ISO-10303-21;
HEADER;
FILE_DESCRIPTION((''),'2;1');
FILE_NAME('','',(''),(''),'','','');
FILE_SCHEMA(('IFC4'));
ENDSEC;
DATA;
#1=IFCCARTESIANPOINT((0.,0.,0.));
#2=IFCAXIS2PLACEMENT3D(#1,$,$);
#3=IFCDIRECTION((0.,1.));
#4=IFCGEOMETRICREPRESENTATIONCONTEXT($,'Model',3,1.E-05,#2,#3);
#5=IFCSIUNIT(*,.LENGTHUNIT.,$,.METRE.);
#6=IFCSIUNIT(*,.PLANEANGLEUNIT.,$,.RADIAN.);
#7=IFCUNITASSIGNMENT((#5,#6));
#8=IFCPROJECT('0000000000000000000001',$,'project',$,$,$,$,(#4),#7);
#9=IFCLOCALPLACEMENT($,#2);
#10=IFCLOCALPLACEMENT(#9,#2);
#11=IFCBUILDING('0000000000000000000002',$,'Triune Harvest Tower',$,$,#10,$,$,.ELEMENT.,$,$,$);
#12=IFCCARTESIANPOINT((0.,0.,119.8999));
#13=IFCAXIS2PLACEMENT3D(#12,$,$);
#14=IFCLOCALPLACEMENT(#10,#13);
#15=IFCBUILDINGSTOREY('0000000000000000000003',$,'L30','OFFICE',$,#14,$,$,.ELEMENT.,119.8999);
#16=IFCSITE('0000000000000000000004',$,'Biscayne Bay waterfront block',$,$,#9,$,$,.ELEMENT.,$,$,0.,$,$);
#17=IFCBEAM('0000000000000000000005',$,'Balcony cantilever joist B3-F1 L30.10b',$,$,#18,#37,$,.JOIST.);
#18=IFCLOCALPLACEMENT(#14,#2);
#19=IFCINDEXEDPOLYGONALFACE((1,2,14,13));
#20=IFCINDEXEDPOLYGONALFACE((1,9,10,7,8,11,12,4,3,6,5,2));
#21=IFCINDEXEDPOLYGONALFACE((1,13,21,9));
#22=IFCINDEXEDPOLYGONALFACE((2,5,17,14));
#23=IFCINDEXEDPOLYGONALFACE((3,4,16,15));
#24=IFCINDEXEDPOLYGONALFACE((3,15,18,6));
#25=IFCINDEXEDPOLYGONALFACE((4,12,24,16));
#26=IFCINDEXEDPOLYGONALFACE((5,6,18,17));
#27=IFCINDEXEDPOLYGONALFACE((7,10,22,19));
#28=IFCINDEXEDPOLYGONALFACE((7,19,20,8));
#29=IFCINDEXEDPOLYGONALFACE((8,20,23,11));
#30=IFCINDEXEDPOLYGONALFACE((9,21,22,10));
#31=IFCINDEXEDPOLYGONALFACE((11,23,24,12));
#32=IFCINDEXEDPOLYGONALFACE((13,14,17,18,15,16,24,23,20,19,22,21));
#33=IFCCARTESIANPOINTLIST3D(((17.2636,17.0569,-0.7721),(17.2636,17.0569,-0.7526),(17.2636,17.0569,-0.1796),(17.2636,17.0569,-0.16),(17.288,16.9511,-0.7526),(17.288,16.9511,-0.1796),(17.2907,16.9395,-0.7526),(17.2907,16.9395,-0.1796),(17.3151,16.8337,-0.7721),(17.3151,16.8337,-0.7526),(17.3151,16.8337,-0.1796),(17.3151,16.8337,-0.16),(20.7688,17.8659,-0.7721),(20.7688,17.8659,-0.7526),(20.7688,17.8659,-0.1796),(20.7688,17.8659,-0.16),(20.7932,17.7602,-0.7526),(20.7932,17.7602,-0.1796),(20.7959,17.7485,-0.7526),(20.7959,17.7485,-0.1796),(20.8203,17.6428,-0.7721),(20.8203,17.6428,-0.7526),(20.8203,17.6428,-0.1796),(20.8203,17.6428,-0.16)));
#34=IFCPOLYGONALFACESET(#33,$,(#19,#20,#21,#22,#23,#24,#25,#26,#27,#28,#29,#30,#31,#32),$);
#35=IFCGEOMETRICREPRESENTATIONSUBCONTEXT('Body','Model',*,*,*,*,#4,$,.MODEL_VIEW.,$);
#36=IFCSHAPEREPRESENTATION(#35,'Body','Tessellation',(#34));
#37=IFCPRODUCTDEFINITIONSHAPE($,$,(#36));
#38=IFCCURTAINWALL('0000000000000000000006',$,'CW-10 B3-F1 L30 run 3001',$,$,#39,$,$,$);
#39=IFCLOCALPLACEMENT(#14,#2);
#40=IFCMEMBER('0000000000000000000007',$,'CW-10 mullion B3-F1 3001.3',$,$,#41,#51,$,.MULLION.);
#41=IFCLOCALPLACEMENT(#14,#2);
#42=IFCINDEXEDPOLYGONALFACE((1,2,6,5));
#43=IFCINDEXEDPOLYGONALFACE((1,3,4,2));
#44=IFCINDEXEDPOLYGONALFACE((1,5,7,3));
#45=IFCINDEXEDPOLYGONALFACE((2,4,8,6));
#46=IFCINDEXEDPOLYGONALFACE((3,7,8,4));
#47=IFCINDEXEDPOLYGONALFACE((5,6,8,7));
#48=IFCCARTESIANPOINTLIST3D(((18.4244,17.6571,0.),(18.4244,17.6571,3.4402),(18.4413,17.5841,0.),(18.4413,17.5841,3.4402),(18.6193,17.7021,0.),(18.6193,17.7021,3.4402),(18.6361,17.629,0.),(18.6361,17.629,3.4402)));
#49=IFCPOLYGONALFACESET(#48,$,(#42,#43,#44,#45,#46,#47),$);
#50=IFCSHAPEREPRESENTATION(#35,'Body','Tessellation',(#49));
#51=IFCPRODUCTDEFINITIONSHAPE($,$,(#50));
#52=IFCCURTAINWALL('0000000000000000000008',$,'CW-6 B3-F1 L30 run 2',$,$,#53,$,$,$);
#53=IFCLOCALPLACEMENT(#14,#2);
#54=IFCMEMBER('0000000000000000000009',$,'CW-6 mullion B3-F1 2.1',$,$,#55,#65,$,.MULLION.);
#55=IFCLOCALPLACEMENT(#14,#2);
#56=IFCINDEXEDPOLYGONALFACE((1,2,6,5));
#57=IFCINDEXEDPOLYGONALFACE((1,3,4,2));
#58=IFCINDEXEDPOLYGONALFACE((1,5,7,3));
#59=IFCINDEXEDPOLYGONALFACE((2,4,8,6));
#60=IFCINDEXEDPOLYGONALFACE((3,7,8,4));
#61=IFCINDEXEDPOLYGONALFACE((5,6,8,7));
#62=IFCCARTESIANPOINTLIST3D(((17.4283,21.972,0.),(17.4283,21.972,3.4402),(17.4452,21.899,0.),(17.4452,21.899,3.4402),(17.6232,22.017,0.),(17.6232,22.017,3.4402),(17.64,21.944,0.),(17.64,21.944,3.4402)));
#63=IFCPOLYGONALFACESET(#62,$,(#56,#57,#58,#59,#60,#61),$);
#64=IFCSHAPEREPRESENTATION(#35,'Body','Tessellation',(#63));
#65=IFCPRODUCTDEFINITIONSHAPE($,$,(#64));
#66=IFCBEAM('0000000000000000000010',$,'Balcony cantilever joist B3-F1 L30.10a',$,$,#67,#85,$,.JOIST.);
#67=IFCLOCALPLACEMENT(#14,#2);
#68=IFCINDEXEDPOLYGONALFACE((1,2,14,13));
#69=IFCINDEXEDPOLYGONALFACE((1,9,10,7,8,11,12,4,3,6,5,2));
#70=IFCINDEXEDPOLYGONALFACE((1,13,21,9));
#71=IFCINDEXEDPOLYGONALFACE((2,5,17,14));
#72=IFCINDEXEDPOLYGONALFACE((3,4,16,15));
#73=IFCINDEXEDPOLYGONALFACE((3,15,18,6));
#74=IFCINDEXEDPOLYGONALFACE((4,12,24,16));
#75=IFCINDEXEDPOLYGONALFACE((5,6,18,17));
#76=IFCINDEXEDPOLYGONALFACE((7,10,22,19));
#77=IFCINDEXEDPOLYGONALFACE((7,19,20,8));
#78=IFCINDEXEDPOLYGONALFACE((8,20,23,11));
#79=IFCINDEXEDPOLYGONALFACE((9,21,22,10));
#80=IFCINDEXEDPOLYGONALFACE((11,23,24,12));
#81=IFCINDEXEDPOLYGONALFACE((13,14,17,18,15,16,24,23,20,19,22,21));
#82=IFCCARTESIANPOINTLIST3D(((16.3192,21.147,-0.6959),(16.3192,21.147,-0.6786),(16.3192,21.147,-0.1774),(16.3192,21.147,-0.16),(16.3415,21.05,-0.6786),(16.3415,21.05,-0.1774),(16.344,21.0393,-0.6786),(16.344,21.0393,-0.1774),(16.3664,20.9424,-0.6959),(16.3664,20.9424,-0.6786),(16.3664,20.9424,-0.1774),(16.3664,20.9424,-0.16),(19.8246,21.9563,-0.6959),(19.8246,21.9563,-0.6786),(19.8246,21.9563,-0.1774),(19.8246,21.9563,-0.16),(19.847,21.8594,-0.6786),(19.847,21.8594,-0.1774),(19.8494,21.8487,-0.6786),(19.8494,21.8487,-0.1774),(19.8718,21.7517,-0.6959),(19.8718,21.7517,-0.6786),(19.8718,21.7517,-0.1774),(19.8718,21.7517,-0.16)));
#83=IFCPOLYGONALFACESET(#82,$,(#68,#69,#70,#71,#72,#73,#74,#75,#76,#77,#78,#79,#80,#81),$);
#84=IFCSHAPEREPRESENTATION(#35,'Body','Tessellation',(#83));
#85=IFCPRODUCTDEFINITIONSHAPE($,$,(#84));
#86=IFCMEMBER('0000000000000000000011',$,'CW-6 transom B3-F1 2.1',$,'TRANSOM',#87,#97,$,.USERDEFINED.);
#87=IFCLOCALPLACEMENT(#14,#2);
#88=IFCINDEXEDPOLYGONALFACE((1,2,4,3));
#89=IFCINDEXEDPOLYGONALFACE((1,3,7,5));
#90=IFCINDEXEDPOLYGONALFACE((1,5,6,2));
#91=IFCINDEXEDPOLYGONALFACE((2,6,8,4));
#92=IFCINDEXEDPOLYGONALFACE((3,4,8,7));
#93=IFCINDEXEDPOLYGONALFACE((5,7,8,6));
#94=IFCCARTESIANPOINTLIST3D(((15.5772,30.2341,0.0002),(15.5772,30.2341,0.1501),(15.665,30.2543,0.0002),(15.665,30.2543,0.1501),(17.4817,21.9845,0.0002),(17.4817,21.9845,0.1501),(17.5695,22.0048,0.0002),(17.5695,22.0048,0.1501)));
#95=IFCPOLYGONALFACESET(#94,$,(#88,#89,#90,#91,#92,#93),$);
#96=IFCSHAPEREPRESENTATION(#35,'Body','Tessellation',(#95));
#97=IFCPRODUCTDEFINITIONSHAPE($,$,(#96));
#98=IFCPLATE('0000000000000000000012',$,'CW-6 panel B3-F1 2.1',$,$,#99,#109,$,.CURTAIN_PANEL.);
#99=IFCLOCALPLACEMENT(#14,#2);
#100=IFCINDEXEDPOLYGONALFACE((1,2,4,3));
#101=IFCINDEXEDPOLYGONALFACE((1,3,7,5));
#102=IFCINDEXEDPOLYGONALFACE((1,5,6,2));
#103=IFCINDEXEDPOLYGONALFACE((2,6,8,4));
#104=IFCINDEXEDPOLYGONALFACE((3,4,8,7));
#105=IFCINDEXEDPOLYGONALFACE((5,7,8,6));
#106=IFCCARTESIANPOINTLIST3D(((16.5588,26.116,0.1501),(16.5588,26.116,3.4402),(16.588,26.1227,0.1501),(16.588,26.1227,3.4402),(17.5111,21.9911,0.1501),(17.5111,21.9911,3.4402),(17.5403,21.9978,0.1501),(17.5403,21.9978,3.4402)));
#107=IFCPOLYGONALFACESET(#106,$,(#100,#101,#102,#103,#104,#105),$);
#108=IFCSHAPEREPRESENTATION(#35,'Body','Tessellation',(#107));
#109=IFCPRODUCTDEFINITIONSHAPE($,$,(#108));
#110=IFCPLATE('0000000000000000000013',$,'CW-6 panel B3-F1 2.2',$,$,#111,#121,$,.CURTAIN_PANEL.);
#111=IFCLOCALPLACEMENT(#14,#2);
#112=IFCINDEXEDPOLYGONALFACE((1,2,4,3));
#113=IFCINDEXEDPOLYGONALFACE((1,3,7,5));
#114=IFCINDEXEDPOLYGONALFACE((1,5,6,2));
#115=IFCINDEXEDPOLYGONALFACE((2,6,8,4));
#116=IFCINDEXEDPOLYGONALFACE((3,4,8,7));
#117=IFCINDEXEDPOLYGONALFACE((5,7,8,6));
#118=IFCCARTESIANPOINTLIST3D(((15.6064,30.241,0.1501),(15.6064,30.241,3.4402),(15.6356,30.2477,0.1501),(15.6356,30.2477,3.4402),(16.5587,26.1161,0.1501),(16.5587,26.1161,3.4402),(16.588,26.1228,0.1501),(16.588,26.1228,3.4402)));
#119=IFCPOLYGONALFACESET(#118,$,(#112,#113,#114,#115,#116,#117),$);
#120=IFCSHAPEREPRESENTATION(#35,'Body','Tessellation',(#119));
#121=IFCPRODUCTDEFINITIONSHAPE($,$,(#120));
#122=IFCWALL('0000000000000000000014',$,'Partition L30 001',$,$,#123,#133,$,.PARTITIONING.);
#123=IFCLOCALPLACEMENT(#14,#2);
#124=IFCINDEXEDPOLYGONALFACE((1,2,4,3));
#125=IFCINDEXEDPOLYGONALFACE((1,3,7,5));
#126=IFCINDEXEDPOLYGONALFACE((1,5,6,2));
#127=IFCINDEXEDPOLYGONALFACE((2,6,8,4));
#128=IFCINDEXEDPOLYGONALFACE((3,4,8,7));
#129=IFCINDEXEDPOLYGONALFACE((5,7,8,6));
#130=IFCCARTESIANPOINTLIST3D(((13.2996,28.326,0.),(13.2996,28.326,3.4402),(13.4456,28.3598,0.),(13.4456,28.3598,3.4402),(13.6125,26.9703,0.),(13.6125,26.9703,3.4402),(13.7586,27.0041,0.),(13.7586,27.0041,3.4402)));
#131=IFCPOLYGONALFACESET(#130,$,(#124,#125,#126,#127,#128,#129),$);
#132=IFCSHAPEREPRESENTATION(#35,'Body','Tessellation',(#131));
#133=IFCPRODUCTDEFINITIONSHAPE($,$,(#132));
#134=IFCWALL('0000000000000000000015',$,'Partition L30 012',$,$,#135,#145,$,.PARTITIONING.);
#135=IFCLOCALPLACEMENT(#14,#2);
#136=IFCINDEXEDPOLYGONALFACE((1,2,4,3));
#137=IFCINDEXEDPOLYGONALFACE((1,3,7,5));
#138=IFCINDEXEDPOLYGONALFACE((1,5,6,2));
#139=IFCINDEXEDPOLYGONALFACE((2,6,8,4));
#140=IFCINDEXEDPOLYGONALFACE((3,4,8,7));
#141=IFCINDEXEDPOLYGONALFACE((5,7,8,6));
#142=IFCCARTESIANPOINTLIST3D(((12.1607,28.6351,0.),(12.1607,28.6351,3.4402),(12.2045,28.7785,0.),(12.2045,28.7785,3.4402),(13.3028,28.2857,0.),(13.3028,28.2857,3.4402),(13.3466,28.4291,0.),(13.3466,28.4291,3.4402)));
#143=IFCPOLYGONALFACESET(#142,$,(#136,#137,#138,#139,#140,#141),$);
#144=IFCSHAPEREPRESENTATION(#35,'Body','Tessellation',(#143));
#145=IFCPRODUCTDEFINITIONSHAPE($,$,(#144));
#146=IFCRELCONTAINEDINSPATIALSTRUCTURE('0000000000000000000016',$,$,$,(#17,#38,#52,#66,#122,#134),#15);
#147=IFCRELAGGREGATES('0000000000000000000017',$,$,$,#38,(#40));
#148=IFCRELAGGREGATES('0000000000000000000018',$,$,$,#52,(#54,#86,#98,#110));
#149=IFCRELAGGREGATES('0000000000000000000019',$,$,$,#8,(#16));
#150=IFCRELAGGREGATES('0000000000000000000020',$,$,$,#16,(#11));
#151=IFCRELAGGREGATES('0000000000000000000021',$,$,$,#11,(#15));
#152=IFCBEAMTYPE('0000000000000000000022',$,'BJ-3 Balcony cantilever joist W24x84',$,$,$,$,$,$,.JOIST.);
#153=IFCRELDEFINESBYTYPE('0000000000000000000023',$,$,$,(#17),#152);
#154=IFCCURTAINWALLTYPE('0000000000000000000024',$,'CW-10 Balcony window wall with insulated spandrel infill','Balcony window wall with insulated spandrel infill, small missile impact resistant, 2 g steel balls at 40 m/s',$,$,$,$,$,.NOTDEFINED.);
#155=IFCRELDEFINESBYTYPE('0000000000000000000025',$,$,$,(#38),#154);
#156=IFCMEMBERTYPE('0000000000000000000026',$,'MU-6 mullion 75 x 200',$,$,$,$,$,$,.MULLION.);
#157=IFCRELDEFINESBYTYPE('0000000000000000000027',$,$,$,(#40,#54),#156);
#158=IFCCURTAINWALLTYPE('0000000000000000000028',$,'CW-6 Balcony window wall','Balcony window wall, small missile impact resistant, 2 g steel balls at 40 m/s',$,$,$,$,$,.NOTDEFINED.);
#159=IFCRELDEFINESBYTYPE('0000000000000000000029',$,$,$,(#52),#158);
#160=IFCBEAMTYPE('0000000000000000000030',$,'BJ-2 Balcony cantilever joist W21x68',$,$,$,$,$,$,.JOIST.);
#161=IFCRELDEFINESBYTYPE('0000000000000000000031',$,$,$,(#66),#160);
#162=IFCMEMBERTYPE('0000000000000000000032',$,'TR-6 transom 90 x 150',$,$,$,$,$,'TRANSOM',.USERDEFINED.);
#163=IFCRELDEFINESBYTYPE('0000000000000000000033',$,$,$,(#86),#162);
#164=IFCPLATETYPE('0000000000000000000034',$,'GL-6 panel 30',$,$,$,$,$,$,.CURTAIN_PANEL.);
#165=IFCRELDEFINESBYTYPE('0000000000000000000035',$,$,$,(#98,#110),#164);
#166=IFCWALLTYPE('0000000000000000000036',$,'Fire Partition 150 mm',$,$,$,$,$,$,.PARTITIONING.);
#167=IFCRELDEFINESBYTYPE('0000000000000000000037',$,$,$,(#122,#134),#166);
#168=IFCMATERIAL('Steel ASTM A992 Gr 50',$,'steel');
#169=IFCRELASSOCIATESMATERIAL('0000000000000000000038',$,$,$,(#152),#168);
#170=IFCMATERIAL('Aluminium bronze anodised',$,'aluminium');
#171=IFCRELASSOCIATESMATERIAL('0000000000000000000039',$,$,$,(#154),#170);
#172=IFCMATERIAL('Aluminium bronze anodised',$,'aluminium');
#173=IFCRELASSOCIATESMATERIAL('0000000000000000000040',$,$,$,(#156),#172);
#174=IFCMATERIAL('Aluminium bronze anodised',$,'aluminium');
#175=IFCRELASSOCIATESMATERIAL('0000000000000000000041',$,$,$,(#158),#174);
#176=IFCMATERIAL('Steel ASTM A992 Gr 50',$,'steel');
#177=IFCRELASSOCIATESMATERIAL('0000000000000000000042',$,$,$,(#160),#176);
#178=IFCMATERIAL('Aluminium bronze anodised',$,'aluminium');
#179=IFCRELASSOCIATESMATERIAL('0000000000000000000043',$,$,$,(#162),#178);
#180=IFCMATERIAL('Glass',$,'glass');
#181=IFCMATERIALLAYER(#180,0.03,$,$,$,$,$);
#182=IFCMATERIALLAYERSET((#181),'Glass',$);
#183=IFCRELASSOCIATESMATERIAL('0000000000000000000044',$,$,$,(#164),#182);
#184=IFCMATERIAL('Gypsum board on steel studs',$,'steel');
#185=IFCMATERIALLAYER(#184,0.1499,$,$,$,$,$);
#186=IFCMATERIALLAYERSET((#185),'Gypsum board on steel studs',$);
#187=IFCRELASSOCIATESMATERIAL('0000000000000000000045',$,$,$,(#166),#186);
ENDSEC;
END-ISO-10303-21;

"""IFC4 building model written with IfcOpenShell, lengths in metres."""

from ifc_helpers import new_model, si_unit, direction, frame, frame_2d, origin, origin_2d, place, context, subcontext, project, spatial, rectangle, i_section, extrude, source, transform, mapped, material, layer, layer_set, material_profile, profile_set, type_object, element, aggregate, save


model = new_model("IFC4")

# Units and contexts
model_context = context("Model", 3, precision=1e-05, world=origin(), true_north=direction((0.0, 1.0)))
body_context = subcontext(model_context, "Body", "Model", "MODEL_VIEW")
ifc_project = project(units=[si_unit("LENGTHUNIT", "METRE"), si_unit("PLANEANGLEUNIT", "RADIAN")], contexts=[model_context])

# Site, building, storey
site_placement = place(None, origin())
site = spatial("IfcSite", under=ifc_project, at=site_placement, Name="Biscayne Bay waterfront block", CompositionType="ELEMENT", RefElevation=0.0)
building_placement = place(site_placement, origin())
building = spatial("IfcBuilding", under=site, at=building_placement, Name="Triune Harvest Tower", CompositionType="ELEMENT")
storey_placement = place(building_placement, frame((0.0, 0.0, 119.8999)))
storey = spatial("IfcBuildingStorey", under=building, at=storey_placement, Name="L30", Description="OFFICE", CompositionType="ELEMENT", Elevation=119.8999)

# Beam
ifc_material_1 = material(Name="Steel ASTM A992 Gr 50", Category="steel")
ifc_material_profile_1 = material_profile(ifc_material_1, i_section(OverallWidth=0.229, OverallDepth=0.6121, WebThickness=0.012, FlangeThickness=0.0195, at=origin_2d()), Name="W24x84")
ifc_profile_set_1 = profile_set([ifc_material_profile_1], Name="Steel ASTM A992 Gr 50")
beam_type_1 = type_object("IfcBeamType", Name="BJ-3 Balcony cantilever joist W24x84", PredefinedType="JOIST", material=ifc_profile_set_1)
shared_shape_1 = source(origin(), body_context, "Body", "SweptSolid", [
    extrude(i_section(OverallWidth=0.229, OverallDepth=0.6121, WebThickness=0.012, FlangeThickness=0.0195, at=origin_2d()), origin(), (0.0, 0.0, 1.0), 3.5974),
])
beam_1_placement = place(storey_placement, frame((17.2893, 16.9453, -0.4661), z_axis=(0.974382, 0.224899, 0.0), x_axis=(-0.224899, 0.974382, 0.0)))
element("IfcBeam", 1, at=beam_1_placement, inside=storey, type_object=beam_type_1, Name="Balcony cantilever joist B3-F1 L30.10b", PredefinedType="JOIST", context=body_context, shape_type="MappedRepresentation", body=[
    mapped(shared_shape_1, transform((0.0, 0.0, 0.0), scale=1.0)),
])

# Curtain walls, members
ifc_material_2 = material(Name="Aluminium bronze anodised", Category="aluminium")
curtain_wall_type_1 = type_object("IfcCurtainWallType", Name="CW-10 Balcony window wall with insulated spandrel infill", Description="Balcony window wall with insulated spandrel infill, small missile impact resistant, 2 g steel balls at 40 m/s", PredefinedType="NOTDEFINED", material=ifc_material_2)
curtain_wall_1_placement = place(storey_placement, origin())
curtain_wall_1 = element("IfcCurtainWall", 2, at=curtain_wall_1_placement, inside=storey, type_object=curtain_wall_type_1, Name="CW-10 B3-F1 L30 run 3001")
ifc_material_3 = material(Name="Aluminium bronze anodised", Category="aluminium")
ifc_material_profile_2 = material_profile(ifc_material_3, rectangle(XDim=0.2, YDim=0.075, at=origin_2d()), Name="MU-6 mullion 75 x 200")
ifc_profile_set_2 = profile_set([ifc_material_profile_2], Name="Aluminium bronze anodised")
member_type_1 = type_object("IfcMemberType", Name="MU-6 mullion 75 x 200", PredefinedType="MULLION", material=ifc_profile_set_2)
shared_shape_2 = source(origin(), body_context, "Body", "SweptSolid", [
    extrude(rectangle(XDim=0.2, YDim=0.075, at=origin_2d()), origin(), (0.0, 0.0, 1.0), 3.4402),
])
member_1_placement = place(storey_placement, frame((18.5303, 17.6431, 0.0), z_axis=(0.0, 0.0, 1.0), x_axis=(-0.974369, -0.224955, 0.0)))
member_1 = element("IfcMember", 3, at=member_1_placement, type_object=member_type_1, Name="CW-10 mullion B3-F1 3001.3", PredefinedType="MULLION", context=body_context, shape_type="MappedRepresentation", body=[
    mapped(shared_shape_2, transform((0.0, 0.0, 0.0), scale=1.0)),
])
aggregate(curtain_wall_1, [member_1])
ifc_material_4 = material(Name="Aluminium bronze anodised", Category="aluminium")
curtain_wall_type_2 = type_object("IfcCurtainWallType", Name="CW-6 Balcony window wall", Description="Balcony window wall, small missile impact resistant, 2 g steel balls at 40 m/s", PredefinedType="NOTDEFINED", material=ifc_material_4)
curtain_wall_2_placement = place(storey_placement, origin())
curtain_wall_2 = element("IfcCurtainWall", 4, at=curtain_wall_2_placement, inside=storey, type_object=curtain_wall_type_2, Name="CW-6 B3-F1 L30 run 2")
member_2_placement = place(storey_placement, frame((17.5342, 21.958, 0.0), z_axis=(0.0, 0.0, 1.0), x_axis=(-0.97437, -0.224951, 0.0)))
member_2 = element("IfcMember", 5, at=member_2_placement, type_object=member_type_1, Name="CW-6 mullion B3-F1 2.1", PredefinedType="MULLION", context=body_context, shape_type="MappedRepresentation", body=[
    mapped(shared_shape_2, transform((0.0, 0.0, 0.0), scale=1.0)),
])

# Beam
ifc_material_5 = material(Name="Steel ASTM A992 Gr 50", Category="steel")
ifc_material_profile_3 = material_profile(ifc_material_5, i_section(OverallWidth=0.21, OverallDepth=0.5359, WebThickness=0.011, FlangeThickness=0.0173, at=origin_2d()), Name="W21x68")
ifc_profile_set_3 = profile_set([ifc_material_profile_3], Name="Steel ASTM A992 Gr 50")
beam_type_2 = type_object("IfcBeamType", Name="BJ-2 Balcony cantilever joist W21x68", PredefinedType="JOIST", material=ifc_profile_set_3)
shared_shape_3 = source(origin(), body_context, "Body", "SweptSolid", [
    extrude(i_section(OverallWidth=0.21, OverallDepth=0.5359, WebThickness=0.011, FlangeThickness=0.0173, at=origin_2d()), origin(), (0.0, 0.0, 1.0), 3.5977),
])
beam_2_placement = place(storey_placement, frame((16.3428, 21.0447, -0.428), z_axis=(0.974367, 0.224964, 0.0), x_axis=(-0.224964, 0.974367, 0.0)))
element("IfcBeam", 6, at=beam_2_placement, inside=storey, type_object=beam_type_2, Name="Balcony cantilever joist B3-F1 L30.10a", PredefinedType="JOIST", context=body_context, shape_type="MappedRepresentation", body=[
    mapped(shared_shape_3, transform((0.0, 0.0, 0.0), scale=1.0)),
])

# Member
ifc_material_6 = material(Name="Aluminium bronze anodised", Category="aluminium")
ifc_material_profile_4 = material_profile(ifc_material_6, rectangle(XDim=0.0901, YDim=0.1499, at=origin_2d()), Name="TR-6 transom 90 x 150")
ifc_profile_set_4 = profile_set([ifc_material_profile_4], Name="Aluminium bronze anodised")
member_type_2 = type_object("IfcMemberType", Name="TR-6 transom 90 x 150", ElementType="TRANSOM", PredefinedType="USERDEFINED", material=ifc_profile_set_4)
shared_shape_4 = source(origin(), body_context, "Body", "SweptSolid", [
    extrude(rectangle(XDim=0.0901, YDim=0.1499, at=origin_2d()), origin(), (0.0, 0.0, 1.0), 8.4666),
])
member_3_placement = place(storey_placement, frame((17.5256, 21.9946, 0.0752), z_axis=(-0.22495, 0.97437, 0.0), x_axis=(-0.97437, -0.22495, 0.0)))
member_3 = element("IfcMember", 7, at=member_3_placement, type_object=member_type_2, Name="CW-6 transom B3-F1 2.1", ObjectType="TRANSOM", PredefinedType="USERDEFINED", context=body_context, shape_type="MappedRepresentation", body=[
    mapped(shared_shape_4, transform((0.0, 0.0, 0.0), scale=1.0)),
])

# Plates
ifc_material_7 = material(Name="Glass", Category="glass")
ifc_layer_1 = layer(ifc_material_7, 0.03)
ifc_layer_set_1 = layer_set([ifc_layer_1], Name="Glass")
plate_type = type_object("IfcPlateType", Name="GL-6 panel 30", PredefinedType="CURTAIN_PANEL", material=ifc_layer_set_1)
shared_shape_5 = source(origin(), body_context, "Body", "SweptSolid", [
    extrude(rectangle(XDim=4.2334, YDim=0.03, at=origin_2d()), origin(), (0.0, 0.0, 1.0), 3.29),
])
plate_1_placement = place(storey_placement, frame((17.0496, 24.0569, 0.1501), z_axis=(0.0, 0.0, 1.0), x_axis=(-0.224951, 0.97437, 0.0)))
plate_1 = element("IfcPlate", 8, at=plate_1_placement, type_object=plate_type, Name="CW-6 panel B3-F1 2.1", PredefinedType="CURTAIN_PANEL", context=body_context, shape_type="MappedRepresentation", body=[
    mapped(shared_shape_5, transform((0.0, 0.0, 0.0), scale=1.0)),
])
plate_2_placement = place(storey_placement, frame((16.0972, 28.1819, 0.1501), z_axis=(0.0, 0.0, 1.0), x_axis=(-0.224951, 0.97437, 0.0)))
plate_2 = element("IfcPlate", 9, at=plate_2_placement, type_object=plate_type, Name="CW-6 panel B3-F1 2.2", PredefinedType="CURTAIN_PANEL", context=body_context, shape_type="MappedRepresentation", body=[
    mapped(shared_shape_5, transform((0.0, 0.0, 0.0), scale=1.0)),
])
aggregate(curtain_wall_2, [member_2, member_3, plate_1, plate_2])

# Walls
ifc_material_8 = material(Name="Gypsum board on steel studs", Category="steel")
ifc_layer_2 = layer(ifc_material_8, 0.1499)
ifc_layer_set_2 = layer_set([ifc_layer_2], Name="Gypsum board on steel studs")
wall_type_1 = type_object("IfcWallType", Name="Fire Partition 150 mm", PredefinedType="PARTITIONING", material=ifc_layer_set_2)
wall_1_placement = place(storey_placement, frame((13.3726, 28.343, 0.0), z_axis=(0.0, 0.0, 1.0), x_axis=(0.224949, -0.97437, 0.0)))
element("IfcWall", 10, at=wall_1_placement, inside=storey, type_object=wall_type_1, Name="Partition L30 001", PredefinedType="PARTITIONING", context=body_context, shape_type="SweptSolid", body=[
    extrude(rectangle(XDim=1.3914, YDim=0.1499, at=frame_2d((0.6958, 0.0))), origin(), (0.0, 0.0, 1.0), 3.4402),
])
wall_2_placement = place(storey_placement, frame((12.1826, 28.7068, 0.0), z_axis=(0.0, 0.0, 1.0), x_axis=(0.956259, -0.29252, 0.0)))
element("IfcWall", 11, at=wall_2_placement, inside=storey, type_object=wall_type_1, Name="Partition L30 012", PredefinedType="PARTITIONING", context=body_context, shape_type="SweptSolid", body=[
    extrude(rectangle(XDim=1.1943, YDim=0.1499, at=frame_2d((0.5972, 0.0))), origin(), (0.0, 0.0, 1.0), 3.4402),
])

save(model, "model.ifc")
